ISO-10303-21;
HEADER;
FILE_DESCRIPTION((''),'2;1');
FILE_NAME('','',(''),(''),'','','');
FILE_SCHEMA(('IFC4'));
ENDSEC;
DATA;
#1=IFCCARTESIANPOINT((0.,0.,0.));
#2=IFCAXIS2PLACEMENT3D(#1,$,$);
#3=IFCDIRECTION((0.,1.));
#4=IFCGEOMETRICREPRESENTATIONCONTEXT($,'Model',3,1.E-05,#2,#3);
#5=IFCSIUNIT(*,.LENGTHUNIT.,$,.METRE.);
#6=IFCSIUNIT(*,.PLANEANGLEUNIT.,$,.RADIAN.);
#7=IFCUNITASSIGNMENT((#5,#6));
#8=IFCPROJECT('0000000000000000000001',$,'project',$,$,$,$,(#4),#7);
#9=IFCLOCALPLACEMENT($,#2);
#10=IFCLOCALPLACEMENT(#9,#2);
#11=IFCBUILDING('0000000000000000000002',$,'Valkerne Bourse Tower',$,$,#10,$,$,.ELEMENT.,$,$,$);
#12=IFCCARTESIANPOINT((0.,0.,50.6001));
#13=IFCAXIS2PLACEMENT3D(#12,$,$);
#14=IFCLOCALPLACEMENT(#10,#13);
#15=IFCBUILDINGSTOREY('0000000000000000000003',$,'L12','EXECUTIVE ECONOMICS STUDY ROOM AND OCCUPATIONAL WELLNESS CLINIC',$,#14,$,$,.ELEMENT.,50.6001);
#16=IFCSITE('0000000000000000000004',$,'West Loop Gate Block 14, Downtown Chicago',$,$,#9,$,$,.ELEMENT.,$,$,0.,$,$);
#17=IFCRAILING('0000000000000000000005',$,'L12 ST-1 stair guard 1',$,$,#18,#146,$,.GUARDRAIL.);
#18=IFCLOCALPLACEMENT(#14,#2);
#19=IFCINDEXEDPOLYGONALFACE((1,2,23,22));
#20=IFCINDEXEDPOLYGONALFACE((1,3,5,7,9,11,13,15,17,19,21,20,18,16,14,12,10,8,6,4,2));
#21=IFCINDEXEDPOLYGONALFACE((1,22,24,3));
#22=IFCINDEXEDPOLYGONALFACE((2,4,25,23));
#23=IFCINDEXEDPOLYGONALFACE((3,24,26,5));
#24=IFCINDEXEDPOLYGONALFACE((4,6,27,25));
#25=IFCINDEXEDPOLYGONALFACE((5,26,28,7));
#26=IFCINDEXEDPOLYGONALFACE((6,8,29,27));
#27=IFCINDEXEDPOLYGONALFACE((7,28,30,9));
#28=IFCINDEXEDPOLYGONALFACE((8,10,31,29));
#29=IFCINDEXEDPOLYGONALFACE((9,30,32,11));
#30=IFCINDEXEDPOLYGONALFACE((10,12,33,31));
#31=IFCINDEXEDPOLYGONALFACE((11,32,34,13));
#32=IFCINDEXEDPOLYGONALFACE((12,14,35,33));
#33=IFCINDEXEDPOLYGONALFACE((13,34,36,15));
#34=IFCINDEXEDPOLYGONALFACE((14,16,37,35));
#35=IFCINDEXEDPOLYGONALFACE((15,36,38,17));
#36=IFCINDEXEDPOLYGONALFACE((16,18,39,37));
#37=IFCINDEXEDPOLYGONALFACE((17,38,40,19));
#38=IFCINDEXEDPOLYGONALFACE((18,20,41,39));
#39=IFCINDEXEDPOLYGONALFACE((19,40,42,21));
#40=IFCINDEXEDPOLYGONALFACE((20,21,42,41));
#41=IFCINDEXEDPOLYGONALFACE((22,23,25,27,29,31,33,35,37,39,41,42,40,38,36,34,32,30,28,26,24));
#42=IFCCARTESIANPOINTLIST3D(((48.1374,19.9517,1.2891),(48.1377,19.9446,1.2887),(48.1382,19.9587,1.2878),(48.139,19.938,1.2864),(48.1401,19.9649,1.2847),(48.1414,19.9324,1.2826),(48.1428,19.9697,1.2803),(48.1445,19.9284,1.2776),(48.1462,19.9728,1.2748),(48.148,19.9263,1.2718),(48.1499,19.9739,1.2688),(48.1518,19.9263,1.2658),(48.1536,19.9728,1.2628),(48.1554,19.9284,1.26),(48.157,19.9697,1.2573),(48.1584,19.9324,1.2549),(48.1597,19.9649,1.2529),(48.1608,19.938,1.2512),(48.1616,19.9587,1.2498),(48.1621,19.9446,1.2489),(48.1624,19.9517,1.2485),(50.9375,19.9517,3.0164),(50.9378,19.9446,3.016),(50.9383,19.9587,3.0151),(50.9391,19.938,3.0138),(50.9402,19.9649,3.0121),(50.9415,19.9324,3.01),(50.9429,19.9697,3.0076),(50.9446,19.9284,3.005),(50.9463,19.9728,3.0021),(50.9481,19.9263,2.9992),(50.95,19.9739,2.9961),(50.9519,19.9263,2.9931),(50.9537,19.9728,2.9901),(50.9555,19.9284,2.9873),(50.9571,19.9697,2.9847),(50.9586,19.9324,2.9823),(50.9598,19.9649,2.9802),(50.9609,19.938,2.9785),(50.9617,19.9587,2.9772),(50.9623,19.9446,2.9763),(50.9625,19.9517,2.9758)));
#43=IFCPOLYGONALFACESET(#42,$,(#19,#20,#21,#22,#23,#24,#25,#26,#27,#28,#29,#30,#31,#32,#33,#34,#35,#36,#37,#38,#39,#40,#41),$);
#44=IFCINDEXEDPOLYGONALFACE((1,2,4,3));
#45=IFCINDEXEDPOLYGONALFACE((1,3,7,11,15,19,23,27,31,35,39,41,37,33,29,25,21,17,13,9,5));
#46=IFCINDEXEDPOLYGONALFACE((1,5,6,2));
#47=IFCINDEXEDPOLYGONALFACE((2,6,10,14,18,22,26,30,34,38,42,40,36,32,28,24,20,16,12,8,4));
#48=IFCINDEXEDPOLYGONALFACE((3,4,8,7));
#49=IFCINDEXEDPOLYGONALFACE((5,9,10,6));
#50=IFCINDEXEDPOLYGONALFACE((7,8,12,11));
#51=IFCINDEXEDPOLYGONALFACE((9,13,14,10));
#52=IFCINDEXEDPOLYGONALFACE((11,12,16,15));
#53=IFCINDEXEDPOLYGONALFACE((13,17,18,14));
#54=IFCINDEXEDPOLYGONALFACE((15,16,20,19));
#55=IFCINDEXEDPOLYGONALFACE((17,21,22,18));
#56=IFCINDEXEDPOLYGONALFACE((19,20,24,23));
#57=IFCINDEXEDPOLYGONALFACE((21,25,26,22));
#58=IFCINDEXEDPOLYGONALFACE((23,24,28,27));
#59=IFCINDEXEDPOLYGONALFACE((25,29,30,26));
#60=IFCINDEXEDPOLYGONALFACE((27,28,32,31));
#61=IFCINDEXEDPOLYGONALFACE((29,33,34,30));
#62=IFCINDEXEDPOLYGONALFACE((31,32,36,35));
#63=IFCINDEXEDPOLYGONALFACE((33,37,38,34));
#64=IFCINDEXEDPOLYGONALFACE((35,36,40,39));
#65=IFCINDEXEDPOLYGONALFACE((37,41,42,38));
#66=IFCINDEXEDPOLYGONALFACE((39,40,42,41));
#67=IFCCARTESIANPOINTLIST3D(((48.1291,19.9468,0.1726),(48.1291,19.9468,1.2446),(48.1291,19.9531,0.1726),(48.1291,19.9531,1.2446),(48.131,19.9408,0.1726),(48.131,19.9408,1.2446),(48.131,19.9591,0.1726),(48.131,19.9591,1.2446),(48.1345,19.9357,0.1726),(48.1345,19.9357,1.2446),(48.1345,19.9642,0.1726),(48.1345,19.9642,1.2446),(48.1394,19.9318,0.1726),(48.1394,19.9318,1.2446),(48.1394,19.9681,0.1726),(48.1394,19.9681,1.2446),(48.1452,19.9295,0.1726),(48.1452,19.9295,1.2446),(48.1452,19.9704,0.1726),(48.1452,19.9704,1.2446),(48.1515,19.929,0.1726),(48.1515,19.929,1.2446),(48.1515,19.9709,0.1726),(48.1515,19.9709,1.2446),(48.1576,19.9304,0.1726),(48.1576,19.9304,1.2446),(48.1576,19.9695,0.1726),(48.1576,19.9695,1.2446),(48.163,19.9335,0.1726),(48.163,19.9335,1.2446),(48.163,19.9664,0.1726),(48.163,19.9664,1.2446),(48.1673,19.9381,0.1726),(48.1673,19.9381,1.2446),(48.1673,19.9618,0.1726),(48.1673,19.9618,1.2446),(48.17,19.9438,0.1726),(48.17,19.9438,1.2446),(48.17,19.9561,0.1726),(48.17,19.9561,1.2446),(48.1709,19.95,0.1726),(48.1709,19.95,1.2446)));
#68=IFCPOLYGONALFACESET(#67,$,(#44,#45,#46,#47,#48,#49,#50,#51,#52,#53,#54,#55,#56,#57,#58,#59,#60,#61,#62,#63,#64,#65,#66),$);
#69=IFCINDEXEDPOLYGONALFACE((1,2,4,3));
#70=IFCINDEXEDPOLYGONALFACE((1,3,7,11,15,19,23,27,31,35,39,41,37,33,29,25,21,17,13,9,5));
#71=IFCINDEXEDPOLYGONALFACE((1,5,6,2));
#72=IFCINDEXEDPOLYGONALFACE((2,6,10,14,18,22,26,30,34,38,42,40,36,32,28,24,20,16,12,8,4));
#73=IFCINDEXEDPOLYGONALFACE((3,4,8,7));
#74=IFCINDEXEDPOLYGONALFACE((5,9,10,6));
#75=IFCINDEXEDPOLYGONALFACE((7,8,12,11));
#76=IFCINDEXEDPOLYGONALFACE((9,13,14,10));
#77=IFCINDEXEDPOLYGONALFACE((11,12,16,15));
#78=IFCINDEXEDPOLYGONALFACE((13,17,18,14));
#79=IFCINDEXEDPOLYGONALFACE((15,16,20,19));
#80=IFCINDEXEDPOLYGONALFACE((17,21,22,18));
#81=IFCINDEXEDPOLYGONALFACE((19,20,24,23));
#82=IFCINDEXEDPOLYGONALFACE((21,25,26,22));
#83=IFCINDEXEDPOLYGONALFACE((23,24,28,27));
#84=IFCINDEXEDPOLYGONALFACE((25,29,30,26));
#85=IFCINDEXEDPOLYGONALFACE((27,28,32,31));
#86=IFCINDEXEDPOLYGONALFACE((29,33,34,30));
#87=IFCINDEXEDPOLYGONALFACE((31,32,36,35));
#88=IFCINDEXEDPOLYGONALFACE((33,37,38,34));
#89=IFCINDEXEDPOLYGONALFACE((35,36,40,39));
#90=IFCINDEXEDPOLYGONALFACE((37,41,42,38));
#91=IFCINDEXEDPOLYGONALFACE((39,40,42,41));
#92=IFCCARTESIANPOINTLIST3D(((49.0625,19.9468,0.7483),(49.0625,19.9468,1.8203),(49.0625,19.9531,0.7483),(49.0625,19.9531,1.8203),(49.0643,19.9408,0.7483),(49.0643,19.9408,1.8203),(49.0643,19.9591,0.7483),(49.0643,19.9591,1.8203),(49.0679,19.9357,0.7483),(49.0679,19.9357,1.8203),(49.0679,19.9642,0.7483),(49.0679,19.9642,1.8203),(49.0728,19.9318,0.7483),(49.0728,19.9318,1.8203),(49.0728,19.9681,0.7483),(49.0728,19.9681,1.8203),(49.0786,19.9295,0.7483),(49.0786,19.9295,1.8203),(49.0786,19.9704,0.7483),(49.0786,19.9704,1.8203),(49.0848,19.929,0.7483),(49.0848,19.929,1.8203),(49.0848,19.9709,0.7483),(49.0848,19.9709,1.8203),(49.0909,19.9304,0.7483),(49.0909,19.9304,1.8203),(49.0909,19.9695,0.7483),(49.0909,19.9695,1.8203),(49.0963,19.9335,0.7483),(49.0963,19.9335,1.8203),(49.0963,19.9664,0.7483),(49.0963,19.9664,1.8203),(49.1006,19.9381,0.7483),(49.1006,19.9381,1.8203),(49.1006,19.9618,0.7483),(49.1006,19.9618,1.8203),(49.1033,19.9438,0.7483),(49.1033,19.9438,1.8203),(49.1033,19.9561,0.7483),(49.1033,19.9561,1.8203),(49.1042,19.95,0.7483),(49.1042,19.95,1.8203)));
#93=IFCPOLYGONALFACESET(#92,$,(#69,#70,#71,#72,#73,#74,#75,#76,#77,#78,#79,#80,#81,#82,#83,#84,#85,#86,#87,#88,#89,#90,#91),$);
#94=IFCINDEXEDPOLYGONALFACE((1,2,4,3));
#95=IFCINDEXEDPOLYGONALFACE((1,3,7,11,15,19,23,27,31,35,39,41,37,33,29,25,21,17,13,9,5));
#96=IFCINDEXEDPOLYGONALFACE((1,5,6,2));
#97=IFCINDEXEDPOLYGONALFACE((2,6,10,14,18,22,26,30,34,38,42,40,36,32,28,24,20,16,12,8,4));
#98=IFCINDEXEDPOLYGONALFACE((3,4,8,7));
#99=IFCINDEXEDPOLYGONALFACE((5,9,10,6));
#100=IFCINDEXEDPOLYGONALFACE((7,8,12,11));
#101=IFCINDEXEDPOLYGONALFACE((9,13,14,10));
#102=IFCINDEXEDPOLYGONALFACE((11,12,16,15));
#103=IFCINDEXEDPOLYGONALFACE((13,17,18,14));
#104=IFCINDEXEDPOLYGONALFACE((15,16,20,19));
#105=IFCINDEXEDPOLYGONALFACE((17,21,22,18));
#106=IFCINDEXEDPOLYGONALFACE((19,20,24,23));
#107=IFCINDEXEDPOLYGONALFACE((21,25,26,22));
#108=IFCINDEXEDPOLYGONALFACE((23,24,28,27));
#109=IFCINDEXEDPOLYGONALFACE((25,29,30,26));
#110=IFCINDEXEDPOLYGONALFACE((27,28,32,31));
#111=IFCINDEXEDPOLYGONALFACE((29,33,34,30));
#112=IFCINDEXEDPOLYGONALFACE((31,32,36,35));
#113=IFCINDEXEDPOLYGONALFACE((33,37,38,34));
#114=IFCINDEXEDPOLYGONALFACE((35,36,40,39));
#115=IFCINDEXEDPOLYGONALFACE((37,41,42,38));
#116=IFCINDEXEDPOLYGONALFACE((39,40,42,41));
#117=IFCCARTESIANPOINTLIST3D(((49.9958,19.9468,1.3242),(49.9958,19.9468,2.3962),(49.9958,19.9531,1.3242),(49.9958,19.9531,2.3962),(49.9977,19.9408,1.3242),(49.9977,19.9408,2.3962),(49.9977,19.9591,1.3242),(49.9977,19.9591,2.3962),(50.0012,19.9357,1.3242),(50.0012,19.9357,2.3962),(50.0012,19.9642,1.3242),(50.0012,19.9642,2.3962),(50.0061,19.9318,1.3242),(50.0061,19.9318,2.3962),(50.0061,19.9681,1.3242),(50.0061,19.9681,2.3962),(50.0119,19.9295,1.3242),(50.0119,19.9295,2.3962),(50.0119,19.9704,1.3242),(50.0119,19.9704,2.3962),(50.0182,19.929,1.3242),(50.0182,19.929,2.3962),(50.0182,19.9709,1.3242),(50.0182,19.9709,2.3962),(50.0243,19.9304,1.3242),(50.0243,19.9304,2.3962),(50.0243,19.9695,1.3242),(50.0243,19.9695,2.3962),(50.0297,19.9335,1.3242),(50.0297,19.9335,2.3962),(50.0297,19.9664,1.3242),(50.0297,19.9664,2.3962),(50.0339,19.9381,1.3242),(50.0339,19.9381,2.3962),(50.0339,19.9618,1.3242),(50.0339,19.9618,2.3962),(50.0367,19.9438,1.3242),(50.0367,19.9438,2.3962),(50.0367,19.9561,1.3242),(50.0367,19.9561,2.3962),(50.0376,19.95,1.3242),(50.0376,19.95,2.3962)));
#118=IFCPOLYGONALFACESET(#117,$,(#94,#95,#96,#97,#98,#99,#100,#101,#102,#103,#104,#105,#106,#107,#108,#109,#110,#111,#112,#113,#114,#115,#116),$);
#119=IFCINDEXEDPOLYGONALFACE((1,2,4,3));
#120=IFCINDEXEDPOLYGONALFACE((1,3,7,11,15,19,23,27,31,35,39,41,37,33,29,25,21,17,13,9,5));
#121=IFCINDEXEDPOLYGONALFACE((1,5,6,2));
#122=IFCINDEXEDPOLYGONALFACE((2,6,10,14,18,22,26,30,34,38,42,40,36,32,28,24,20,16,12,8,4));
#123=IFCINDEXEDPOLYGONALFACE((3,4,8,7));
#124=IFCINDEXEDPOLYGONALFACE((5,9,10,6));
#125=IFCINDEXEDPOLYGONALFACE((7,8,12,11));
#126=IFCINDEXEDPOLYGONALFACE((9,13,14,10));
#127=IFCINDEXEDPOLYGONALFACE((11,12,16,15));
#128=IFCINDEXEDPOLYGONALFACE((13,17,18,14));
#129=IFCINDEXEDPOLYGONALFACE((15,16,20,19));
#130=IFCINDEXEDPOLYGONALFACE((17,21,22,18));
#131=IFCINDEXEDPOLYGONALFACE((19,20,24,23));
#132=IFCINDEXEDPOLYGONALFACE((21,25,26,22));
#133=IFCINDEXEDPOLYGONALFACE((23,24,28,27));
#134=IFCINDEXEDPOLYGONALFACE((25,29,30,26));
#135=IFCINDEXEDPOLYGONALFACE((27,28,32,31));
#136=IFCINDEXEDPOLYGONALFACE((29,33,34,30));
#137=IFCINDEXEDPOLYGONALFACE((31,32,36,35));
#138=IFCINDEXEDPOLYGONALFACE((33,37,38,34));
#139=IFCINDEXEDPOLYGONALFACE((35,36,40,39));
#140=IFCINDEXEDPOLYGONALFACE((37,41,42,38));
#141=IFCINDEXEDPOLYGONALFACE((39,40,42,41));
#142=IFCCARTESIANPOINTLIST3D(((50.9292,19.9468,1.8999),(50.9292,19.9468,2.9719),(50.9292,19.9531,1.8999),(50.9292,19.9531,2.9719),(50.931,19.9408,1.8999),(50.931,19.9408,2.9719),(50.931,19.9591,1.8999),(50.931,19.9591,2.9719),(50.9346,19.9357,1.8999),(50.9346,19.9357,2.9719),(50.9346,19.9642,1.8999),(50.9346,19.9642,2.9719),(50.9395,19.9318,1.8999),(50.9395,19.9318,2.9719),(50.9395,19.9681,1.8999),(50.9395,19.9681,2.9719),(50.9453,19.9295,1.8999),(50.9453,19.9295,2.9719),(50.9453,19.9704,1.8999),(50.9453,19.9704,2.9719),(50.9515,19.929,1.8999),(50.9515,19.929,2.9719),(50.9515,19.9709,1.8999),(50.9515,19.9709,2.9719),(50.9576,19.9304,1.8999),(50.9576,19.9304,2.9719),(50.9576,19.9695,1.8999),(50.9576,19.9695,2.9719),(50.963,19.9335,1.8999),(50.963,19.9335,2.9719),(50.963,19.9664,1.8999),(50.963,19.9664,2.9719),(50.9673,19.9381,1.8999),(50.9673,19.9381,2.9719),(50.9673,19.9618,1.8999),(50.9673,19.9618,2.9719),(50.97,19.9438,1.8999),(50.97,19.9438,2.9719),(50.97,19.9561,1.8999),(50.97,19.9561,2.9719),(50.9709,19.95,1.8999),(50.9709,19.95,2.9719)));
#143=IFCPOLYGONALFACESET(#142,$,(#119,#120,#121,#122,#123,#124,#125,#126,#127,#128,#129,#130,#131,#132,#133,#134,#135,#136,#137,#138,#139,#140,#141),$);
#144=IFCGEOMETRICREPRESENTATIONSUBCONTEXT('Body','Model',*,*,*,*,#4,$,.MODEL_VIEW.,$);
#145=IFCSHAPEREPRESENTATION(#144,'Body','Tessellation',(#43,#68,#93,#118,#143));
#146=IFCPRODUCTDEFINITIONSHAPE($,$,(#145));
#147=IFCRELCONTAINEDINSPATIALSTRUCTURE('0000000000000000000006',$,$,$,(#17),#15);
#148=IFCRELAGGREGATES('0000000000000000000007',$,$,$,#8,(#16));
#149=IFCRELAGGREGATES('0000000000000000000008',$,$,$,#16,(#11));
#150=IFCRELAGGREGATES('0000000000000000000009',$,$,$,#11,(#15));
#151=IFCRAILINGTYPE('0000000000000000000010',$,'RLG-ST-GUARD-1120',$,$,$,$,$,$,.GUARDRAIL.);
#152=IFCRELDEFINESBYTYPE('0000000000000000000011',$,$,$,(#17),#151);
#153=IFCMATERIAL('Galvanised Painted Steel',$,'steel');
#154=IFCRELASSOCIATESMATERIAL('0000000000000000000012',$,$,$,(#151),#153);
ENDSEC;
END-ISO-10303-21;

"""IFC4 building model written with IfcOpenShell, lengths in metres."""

from ifc_helpers import new_model, si_unit, direction, frame, origin, origin_2d, place, context, subcontext, project, spatial, circle, extrude, material, type_object, element, save


model = new_model("IFC4")

# Units and contexts
model_context = context("Model", 3, precision=1e-05, world=origin(), true_north=direction((0.0, 1.0)))
body_context = subcontext(model_context, "Body", "Model", "MODEL_VIEW")
ifc_project = project(units=[si_unit("LENGTHUNIT", "METRE"), si_unit("PLANEANGLEUNIT", "RADIAN")], contexts=[model_context])

# Site, building, storey
site_placement = place(None, origin())
site = spatial("IfcSite", under=ifc_project, at=site_placement, Name="West Loop Gate Block 14, Downtown Chicago", CompositionType="ELEMENT", RefElevation=0.0)
building_placement = place(site_placement, origin())
building = spatial("IfcBuilding", under=site, at=building_placement, Name="Valkerne Bourse Tower", CompositionType="ELEMENT")
storey_placement = place(building_placement, frame((0.0, 0.0, 50.6001)))
storey = spatial("IfcBuildingStorey", under=building, at=storey_placement, Name="L12", Description="EXECUTIVE ECONOMICS STUDY ROOM AND OCCUPATIONAL WELLNESS CLINIC", CompositionType="ELEMENT", Elevation=50.6001)

# Shared definitions
ifc_material_1 = material(Name="Galvanised Painted Steel", Category="steel")

# Railing
railing_type_1 = type_object("IfcRailingType", Name="RLG-ST-GUARD-1120", PredefinedType="GUARDRAIL", material=ifc_material_1)
railing_1_placement = place(storey_placement, frame((48.1499, 19.95, 0.1726)))
element("IfcRailing", 1, at=railing_1_placement, inside=storey, type_object=railing_type_1, Name="L12 ST-1 stair guard 1", PredefinedType="GUARDRAIL", context=body_context, shape_type="SweptSolid", body=[
    extrude(circle(Radius=0.0239, at=origin_2d()), frame((0.0, 0.0, 1.0962), z_axis=(0.85109, 0.0, 0.52502), x_axis=(0.0, 1.0, 0.0)), (0.0, 0.0, 1.0), 3.29),
    extrude(circle(Radius=0.021, at=origin_2d()), origin(), (0.0, 0.0, 1.0), 1.072),
    extrude(circle(Radius=0.021, at=origin_2d()), frame((0.9333, 0.0, 0.5757)), (0.0, 0.0, 1.0), 1.072),
    extrude(circle(Radius=0.021, at=origin_2d()), frame((1.8667, 0.0, 1.1516)), (0.0, 0.0, 1.0), 1.072),
    extrude(circle(Radius=0.021, at=origin_2d()), frame((2.8, 0.0, 1.7273)), (0.0, 0.0, 1.0), 1.072),
])

save(model, "model.ifc")
